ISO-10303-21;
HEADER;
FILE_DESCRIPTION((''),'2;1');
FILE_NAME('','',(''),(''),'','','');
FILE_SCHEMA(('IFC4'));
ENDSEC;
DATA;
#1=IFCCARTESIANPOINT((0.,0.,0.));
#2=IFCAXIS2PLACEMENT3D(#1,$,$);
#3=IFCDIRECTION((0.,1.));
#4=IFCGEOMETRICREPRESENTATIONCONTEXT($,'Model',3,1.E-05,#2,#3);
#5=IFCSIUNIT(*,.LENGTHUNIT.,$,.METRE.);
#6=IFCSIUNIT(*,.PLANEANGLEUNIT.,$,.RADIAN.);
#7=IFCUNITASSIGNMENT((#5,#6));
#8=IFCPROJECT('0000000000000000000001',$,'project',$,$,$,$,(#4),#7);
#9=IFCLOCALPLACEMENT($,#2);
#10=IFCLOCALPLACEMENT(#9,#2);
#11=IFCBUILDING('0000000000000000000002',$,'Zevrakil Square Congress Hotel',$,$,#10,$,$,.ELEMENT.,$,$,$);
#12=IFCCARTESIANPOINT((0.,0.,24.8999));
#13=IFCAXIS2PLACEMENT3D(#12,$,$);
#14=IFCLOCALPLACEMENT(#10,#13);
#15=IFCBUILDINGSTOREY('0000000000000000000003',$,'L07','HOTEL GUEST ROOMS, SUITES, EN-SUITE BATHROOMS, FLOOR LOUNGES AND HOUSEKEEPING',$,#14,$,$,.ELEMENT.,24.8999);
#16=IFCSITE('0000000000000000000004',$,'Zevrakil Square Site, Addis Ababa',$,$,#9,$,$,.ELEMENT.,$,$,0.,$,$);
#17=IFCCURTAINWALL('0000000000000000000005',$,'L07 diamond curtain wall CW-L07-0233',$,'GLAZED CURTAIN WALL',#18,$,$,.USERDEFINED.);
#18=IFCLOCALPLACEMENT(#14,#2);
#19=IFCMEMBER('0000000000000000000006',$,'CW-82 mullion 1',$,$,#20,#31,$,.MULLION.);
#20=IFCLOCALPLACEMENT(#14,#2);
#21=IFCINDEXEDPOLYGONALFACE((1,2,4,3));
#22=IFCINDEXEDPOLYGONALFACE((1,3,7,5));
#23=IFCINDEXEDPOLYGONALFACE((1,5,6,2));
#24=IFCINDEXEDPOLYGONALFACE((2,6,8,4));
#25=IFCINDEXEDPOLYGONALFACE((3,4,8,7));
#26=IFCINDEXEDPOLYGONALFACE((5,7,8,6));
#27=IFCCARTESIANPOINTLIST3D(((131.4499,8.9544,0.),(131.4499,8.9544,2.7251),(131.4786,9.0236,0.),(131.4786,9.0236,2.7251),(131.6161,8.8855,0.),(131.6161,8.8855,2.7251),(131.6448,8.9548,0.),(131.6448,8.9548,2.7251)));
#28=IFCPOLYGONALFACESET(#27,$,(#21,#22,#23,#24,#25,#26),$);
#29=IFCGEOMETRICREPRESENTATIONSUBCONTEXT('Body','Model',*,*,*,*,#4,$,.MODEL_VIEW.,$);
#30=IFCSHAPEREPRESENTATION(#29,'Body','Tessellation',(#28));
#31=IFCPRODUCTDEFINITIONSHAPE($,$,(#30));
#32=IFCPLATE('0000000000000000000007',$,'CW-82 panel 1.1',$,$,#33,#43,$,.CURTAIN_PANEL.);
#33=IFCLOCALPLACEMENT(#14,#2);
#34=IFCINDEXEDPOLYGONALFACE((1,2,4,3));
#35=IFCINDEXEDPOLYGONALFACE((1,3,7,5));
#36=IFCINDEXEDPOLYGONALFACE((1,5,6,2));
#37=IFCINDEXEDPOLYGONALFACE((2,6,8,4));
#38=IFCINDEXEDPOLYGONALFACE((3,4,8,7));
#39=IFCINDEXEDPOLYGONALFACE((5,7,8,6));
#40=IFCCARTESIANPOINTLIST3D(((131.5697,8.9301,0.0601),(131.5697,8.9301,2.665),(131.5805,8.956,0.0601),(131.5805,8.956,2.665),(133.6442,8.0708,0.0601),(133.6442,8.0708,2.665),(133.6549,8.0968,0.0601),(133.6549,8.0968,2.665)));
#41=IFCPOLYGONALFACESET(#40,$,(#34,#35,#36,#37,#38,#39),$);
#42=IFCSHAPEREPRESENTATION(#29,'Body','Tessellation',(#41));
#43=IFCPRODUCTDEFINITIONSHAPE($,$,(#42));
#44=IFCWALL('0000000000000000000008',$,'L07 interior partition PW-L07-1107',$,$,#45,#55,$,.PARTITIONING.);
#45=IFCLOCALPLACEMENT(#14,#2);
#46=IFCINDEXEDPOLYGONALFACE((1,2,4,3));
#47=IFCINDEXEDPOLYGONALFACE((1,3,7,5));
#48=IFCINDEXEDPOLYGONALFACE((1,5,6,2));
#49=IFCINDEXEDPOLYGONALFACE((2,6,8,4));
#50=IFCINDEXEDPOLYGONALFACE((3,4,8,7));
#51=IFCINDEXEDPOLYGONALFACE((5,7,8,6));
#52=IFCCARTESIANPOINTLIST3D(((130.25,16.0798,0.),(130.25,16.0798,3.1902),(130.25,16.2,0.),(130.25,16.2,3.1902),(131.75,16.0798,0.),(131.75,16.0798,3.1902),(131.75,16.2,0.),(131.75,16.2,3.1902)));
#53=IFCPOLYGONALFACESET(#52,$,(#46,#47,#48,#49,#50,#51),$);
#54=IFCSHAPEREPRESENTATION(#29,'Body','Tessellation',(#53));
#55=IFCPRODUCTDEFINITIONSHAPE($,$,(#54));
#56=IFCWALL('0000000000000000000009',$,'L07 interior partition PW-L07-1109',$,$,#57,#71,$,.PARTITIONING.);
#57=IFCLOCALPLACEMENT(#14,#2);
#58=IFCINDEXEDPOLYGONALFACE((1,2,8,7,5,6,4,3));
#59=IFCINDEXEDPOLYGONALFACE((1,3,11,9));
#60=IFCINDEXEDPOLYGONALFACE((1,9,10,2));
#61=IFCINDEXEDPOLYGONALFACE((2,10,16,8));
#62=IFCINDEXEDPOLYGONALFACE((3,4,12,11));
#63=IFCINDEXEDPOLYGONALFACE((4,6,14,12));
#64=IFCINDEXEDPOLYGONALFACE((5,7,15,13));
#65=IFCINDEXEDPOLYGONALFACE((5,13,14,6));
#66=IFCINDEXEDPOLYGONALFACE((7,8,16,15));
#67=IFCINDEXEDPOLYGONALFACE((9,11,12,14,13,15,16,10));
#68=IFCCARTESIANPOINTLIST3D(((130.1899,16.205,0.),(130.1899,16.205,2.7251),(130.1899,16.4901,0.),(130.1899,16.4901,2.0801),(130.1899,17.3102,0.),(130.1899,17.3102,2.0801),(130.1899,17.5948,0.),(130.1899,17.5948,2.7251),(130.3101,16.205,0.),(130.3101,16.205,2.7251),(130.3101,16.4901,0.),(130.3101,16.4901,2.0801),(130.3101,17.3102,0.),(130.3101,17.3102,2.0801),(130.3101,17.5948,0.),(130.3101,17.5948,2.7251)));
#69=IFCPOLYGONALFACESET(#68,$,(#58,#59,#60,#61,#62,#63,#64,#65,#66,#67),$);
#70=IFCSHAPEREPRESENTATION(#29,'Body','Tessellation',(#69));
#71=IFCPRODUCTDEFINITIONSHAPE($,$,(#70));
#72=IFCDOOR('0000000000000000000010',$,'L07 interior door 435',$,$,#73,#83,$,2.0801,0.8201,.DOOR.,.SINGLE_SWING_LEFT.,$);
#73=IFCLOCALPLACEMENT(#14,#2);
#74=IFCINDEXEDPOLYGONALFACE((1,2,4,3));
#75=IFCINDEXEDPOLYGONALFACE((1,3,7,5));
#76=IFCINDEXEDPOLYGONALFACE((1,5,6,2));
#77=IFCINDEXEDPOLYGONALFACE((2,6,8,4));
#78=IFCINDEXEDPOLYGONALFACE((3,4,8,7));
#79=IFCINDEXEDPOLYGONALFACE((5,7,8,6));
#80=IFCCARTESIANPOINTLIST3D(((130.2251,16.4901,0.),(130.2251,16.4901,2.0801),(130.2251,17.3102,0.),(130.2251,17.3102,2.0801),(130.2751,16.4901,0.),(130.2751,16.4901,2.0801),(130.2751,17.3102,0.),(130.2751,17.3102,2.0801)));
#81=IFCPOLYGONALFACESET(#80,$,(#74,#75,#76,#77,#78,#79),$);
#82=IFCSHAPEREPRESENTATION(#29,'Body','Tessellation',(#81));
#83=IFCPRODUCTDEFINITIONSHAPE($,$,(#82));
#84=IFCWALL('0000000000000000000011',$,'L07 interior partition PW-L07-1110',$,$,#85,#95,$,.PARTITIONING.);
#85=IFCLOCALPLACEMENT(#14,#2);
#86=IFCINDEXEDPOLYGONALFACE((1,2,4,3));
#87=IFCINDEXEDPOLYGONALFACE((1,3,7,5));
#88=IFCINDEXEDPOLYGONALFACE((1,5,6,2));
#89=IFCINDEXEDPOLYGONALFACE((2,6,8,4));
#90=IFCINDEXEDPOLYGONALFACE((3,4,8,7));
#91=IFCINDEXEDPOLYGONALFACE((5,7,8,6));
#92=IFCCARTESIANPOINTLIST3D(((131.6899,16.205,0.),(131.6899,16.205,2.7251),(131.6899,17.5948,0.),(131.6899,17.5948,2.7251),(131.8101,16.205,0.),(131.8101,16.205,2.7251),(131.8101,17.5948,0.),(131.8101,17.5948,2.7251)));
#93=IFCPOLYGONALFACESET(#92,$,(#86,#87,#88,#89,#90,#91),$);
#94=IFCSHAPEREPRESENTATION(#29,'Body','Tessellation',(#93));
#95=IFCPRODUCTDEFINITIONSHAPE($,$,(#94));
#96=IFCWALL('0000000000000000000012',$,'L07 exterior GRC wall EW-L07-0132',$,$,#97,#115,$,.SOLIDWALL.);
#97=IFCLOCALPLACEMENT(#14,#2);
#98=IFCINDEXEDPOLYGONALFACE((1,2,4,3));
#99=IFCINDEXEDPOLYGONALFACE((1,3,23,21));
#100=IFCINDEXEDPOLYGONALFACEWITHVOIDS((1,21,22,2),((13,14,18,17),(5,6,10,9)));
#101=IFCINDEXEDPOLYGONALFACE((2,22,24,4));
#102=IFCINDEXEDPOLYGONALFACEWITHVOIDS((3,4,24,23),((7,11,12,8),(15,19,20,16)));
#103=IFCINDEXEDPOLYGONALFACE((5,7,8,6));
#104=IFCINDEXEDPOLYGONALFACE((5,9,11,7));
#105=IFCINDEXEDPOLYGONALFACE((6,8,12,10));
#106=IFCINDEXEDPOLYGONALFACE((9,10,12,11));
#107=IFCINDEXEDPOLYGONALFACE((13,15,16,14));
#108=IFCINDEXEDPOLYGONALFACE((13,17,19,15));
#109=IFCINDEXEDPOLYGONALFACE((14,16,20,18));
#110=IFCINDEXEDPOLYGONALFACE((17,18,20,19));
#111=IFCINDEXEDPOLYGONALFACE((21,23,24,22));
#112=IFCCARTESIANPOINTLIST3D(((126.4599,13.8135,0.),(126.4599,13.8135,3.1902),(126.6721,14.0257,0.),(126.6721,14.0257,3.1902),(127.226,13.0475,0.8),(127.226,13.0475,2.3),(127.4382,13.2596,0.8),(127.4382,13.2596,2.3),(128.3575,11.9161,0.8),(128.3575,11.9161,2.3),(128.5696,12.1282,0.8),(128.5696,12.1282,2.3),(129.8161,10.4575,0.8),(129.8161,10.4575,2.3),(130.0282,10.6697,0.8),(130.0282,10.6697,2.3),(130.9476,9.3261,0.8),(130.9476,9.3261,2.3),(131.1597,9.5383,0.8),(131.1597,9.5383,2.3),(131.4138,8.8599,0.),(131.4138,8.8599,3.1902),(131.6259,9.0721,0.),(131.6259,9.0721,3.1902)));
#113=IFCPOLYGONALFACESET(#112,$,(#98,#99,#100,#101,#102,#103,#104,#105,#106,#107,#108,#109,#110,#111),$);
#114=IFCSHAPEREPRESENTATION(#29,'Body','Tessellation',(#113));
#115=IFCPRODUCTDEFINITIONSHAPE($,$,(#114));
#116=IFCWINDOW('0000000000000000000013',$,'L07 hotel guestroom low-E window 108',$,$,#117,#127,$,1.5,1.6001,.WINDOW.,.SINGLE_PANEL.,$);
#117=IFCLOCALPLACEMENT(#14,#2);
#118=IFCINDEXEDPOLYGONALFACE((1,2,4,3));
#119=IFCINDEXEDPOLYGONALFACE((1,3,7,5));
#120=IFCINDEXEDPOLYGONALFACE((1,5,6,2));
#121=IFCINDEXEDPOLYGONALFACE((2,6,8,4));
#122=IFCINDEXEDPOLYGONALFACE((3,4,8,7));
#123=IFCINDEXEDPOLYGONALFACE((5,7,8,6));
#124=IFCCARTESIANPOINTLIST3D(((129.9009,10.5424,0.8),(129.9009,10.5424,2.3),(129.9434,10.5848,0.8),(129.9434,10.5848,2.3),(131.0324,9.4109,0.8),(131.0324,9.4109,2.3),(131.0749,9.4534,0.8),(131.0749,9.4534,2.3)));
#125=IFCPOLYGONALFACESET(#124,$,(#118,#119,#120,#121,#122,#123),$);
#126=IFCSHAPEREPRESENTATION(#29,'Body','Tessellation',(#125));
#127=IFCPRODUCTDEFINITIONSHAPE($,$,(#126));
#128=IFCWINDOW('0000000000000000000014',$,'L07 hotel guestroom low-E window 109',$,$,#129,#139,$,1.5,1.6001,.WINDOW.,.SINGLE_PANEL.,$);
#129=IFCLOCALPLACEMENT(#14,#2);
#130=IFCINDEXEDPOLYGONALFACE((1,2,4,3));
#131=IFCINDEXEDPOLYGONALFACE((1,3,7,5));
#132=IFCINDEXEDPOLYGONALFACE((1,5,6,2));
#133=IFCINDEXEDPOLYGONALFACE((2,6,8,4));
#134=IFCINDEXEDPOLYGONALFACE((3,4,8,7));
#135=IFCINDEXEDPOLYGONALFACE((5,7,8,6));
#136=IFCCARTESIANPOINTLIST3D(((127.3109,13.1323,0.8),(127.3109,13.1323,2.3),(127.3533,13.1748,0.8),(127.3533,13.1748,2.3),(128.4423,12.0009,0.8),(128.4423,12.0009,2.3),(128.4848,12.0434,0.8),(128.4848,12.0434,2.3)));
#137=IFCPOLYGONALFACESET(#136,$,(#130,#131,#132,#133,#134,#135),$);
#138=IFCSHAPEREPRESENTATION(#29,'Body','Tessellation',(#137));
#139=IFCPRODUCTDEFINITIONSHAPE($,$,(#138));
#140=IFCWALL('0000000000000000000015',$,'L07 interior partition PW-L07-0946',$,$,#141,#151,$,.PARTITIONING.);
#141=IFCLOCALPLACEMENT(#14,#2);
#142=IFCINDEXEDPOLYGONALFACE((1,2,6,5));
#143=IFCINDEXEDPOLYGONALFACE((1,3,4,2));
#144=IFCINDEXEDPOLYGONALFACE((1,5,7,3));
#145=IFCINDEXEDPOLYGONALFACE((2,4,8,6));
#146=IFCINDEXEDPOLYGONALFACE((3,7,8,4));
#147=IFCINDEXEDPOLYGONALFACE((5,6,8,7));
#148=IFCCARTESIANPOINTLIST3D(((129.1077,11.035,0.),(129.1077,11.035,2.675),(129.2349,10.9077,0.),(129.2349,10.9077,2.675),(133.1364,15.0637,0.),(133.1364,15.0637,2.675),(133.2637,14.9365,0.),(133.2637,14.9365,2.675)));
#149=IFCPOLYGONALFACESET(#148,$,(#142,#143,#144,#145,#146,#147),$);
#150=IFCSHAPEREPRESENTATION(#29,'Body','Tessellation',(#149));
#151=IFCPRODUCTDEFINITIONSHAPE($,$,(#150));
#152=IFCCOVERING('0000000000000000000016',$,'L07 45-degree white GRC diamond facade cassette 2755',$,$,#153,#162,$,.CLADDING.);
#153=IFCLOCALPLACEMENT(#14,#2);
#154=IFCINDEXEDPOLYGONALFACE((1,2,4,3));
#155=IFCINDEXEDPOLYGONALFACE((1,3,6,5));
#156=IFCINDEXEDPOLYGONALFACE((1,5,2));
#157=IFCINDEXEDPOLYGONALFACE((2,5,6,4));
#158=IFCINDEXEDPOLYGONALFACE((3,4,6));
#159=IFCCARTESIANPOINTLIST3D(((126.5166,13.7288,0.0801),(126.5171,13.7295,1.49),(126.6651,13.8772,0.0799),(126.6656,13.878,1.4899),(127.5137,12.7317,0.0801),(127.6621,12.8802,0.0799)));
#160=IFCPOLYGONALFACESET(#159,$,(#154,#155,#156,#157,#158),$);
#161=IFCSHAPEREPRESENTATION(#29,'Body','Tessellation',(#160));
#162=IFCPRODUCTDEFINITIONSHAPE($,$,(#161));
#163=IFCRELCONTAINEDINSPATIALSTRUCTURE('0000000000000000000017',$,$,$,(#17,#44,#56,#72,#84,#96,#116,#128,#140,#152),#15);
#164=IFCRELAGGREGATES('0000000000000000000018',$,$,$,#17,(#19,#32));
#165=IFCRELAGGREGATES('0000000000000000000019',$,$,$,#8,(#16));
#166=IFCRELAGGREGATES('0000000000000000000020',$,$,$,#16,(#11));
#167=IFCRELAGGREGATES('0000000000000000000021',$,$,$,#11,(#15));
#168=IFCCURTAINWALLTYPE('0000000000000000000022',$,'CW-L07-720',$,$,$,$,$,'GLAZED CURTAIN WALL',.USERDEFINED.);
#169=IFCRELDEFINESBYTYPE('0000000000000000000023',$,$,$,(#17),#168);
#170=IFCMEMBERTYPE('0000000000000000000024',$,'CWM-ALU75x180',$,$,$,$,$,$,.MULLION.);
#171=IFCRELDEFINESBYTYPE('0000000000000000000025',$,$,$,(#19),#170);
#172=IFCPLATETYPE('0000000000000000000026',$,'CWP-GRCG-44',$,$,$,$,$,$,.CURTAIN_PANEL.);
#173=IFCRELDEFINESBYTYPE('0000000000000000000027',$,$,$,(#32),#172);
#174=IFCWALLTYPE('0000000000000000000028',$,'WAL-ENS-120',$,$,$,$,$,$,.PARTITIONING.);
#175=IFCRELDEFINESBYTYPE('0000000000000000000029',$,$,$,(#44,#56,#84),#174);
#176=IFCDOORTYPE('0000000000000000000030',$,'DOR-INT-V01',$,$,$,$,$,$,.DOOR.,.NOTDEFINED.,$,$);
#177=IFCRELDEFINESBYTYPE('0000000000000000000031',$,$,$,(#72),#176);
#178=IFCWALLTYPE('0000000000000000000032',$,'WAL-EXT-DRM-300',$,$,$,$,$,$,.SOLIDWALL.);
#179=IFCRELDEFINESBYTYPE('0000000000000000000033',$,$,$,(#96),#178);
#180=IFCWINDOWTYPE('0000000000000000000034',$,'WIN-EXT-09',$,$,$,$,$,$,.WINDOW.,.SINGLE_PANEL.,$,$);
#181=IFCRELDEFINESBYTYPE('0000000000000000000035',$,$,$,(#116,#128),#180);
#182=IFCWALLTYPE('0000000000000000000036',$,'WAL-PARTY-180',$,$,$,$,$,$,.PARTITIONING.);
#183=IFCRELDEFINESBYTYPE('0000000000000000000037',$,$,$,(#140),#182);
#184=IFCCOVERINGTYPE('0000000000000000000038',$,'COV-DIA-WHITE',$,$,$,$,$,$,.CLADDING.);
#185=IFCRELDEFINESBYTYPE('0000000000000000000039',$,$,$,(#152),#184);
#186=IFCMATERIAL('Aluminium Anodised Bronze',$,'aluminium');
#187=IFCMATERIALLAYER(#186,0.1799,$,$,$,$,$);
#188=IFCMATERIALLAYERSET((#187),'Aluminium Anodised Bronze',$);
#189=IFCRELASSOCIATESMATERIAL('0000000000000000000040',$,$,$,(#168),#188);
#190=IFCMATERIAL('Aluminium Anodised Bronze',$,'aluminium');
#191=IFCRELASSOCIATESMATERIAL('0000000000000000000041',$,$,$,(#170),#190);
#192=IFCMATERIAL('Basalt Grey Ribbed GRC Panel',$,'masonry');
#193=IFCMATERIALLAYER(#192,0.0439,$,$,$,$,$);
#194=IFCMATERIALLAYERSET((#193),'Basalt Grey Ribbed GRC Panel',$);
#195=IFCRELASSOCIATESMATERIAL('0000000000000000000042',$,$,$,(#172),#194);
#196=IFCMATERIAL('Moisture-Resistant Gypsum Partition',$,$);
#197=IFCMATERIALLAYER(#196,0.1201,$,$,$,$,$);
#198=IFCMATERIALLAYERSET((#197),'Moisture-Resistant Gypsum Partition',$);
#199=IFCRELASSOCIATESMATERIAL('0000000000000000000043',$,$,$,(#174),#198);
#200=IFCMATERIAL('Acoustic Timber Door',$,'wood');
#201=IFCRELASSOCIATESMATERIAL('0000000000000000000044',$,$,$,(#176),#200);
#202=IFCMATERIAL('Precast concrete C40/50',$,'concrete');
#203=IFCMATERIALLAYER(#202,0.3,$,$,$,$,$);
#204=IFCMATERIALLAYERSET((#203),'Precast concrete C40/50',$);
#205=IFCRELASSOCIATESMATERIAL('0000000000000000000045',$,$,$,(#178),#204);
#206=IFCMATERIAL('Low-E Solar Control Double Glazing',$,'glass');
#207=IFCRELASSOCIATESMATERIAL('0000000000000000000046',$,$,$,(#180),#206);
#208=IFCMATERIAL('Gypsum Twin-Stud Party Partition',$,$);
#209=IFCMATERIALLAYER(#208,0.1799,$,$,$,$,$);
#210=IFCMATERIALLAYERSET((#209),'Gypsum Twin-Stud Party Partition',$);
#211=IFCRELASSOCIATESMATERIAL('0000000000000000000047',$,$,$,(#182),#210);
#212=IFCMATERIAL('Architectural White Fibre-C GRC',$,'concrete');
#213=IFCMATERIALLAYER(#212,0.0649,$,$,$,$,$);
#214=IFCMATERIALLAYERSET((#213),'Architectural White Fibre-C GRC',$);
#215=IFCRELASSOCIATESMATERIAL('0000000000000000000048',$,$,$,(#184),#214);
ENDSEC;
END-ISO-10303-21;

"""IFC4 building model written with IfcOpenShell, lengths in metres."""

from ifc_helpers import new_model, si_unit, direction, frame, frame_2d, origin, origin_2d, place, context, subcontext, project, spatial, polyline, rectangle, outline, extrude, material, layer, layer_set, material_profile, profile_set, type_object, element, fill, aggregate, save


model = new_model("IFC4")

# Units and contexts
model_context = context("Model", 3, precision=1e-05, world=origin(), true_north=direction((0.0, 1.0)))
body_context = subcontext(model_context, "Body", "Model", "MODEL_VIEW")
ifc_project = project(units=[si_unit("LENGTHUNIT", "METRE"), si_unit("PLANEANGLEUNIT", "RADIAN")], contexts=[model_context])

# Site, building, storey
site_placement = place(None, origin())
site = spatial("IfcSite", under=ifc_project, at=site_placement, Name="Zevrakil Square Site, Addis Ababa", CompositionType="ELEMENT", RefElevation=0.0)
building_placement = place(site_placement, origin())
building = spatial("IfcBuilding", under=site, at=building_placement, Name="Zevrakil Square Congress Hotel", CompositionType="ELEMENT")
storey_placement = place(building_placement, frame((0.0, 0.0, 24.8999)))
storey = spatial("IfcBuildingStorey", under=building, at=storey_placement, Name="L07", Description="HOTEL GUEST ROOMS, SUITES, EN-SUITE BATHROOMS, FLOOR LOUNGES AND HOUSEKEEPING", CompositionType="ELEMENT", Elevation=24.8999)

# Curtain wall
ifc_material_1 = material(Name="Aluminium Anodised Bronze", Category="aluminium")
ifc_layer_1 = layer(ifc_material_1, 0.1799)
ifc_layer_set_1 = layer_set([ifc_layer_1], Name="Aluminium Anodised Bronze")
curtain_wall_type = type_object("IfcCurtainWallType", Name="CW-L07-720", ElementType="GLAZED CURTAIN WALL", PredefinedType="USERDEFINED", material=ifc_layer_set_1)
curtain_wall_1_placement = place(storey_placement, origin())
curtain_wall_1 = element("IfcCurtainWall", 1, at=curtain_wall_1_placement, inside=storey, type_object=curtain_wall_type, Name="L07 diamond curtain wall CW-L07-0233", ObjectType="GLAZED CURTAIN WALL", PredefinedType="USERDEFINED")

# Shared definitions
ifc_material_2 = material(Name="Aluminium Anodised Bronze", Category="aluminium")
ifc_material_profile_1 = material_profile(ifc_material_2, rectangle(XDim=0.075, YDim=0.1799, at=origin_2d()), Name="ALU 75x180")
ifc_profile_set_1 = profile_set([ifc_material_profile_1], Name="Aluminium Anodised Bronze")
member_type_1 = type_object("IfcMemberType", Name="CWM-ALU75x180", PredefinedType="MULLION", material=ifc_profile_set_1)

# Member
member_1_placement = place(storey_placement, frame((131.5474, 8.9546, 0.0), z_axis=(0.0, 0.0, 1.0), x_axis=(0.382684, 0.923879, 0.0)))
member_1 = element("IfcMember", 2, at=member_1_placement, type_object=member_type_1, Name="CW-82 mullion 1", PredefinedType="MULLION", context=body_context, shape_type="SweptSolid", body=[
    extrude(rectangle(XDim=0.075, YDim=0.1799, at=origin_2d()), origin(), (0.0, 0.0, 1.0), 2.7251),
])

# Plate
ifc_material_3 = material(Name="Basalt Grey Ribbed GRC Panel", Category="masonry")
ifc_layer_2 = layer(ifc_material_3, 0.0439)
ifc_layer_set_2 = layer_set([ifc_layer_2], Name="Basalt Grey Ribbed GRC Panel")
plate_type = type_object("IfcPlateType", Name="CWP-GRCG-44", PredefinedType="CURTAIN_PANEL", material=ifc_layer_set_2)
plate_placement = place(storey_placement, frame((132.6123, 8.5134, 0.0601), z_axis=(0.0, 0.0, 1.0), x_axis=(0.923879, -0.382684, 0.0)))
plate = element("IfcPlate", 3, at=plate_placement, type_object=plate_type, Name="CW-82 panel 1.1", PredefinedType="CURTAIN_PANEL", context=body_context, shape_type="SweptSolid", body=[
    extrude(rectangle(XDim=2.2454, YDim=0.0281, at=origin_2d()), origin(), (0.0, 0.0, 1.0), 2.605),
])
aggregate(curtain_wall_1, [member_1, plate])

# Wall
ifc_material_4 = material(Name="Moisture-Resistant Gypsum Partition")
ifc_layer_3 = layer(ifc_material_4, 0.1201)
ifc_layer_set_3 = layer_set([ifc_layer_3], Name="Moisture-Resistant Gypsum Partition")
wall_type_1 = type_object("IfcWallType", Name="WAL-ENS-120", PredefinedType="PARTITIONING", material=ifc_layer_set_3)
wall_1_placement = place(storey_placement, frame((130.25, 16.1399, 0.0), z_axis=(0.0, 0.0, 1.0), x_axis=(1.0, 0.0, 0.0)))
element("IfcWall", 4, at=wall_1_placement, inside=storey, type_object=wall_type_1, Name="L07 interior partition PW-L07-1107", PredefinedType="PARTITIONING", context=body_context, shape_type="SweptSolid", body=[
    extrude(rectangle(XDim=1.5, YDim=0.1201, at=frame_2d((0.75, 0.0))), origin(), (0.0, 0.0, 1.0), 3.1902),
])

# Wall, opening, door
wall_2_placement = place(storey_placement, frame((130.25, 16.2051, 0.0), z_axis=(0.0, 0.0, 1.0), x_axis=(0.0, 1.0, 0.0)))
wall_2 = element("IfcWall", 5, at=wall_2_placement, inside=storey, type_object=wall_type_1, Name="L07 interior partition PW-L07-1109", PredefinedType="PARTITIONING", context=body_context, shape_type="SweptSolid", body=[
    extrude(rectangle(XDim=1.3899, YDim=0.1201, at=frame_2d((0.6948, 0.0))), origin(), (0.0, 0.0, 1.0), 2.7251),
])
opening_1_placement = place(wall_2_placement, frame((0.2849, 0.0, 0.0)))
opening_1 = element("IfcOpeningElement", 6, at=opening_1_placement, cuts=wall_2, PredefinedType="OPENING", context=body_context, shape_type="SweptSolid", body=[
    extrude(rectangle(XDim=0.8201, YDim=2.0801, at=frame_2d((0.4102, 1.04))), frame((0.0, 0.0701, 0.0), z_axis=(0.0, -1.0, 0.0), x_axis=(1.0, 0.0, 0.0)), (0.0, 0.0, 1.0), 0.1401),
])
ifc_material_5 = material(Name="Acoustic Timber Door", Category="wood")
door_type = type_object("IfcDoorType", Name="DOR-INT-V01", OperationType="NOTDEFINED", PredefinedType="DOOR", material=ifc_material_5)
door_placement = place(opening_1_placement, origin())
door = element("IfcDoor", 7, at=door_placement, inside=storey, type_object=door_type, Name="L07 interior door 435", OperationType="SINGLE_SWING_LEFT", OverallHeight=2.0801, OverallWidth=0.8201, PredefinedType="DOOR", context=body_context, shape_type="SweptSolid", body=[
    extrude(rectangle(XDim=0.8201, YDim=2.0801, at=frame_2d((0.4102, 1.04))), frame((0.0, 0.0249, 0.0), z_axis=(0.0, -1.0, 0.0), x_axis=(1.0, 0.0, 0.0)), (0.0, 0.0, 1.0), 0.05),
])
fill(opening_1, door)

# Wall
wall_3_placement = place(storey_placement, frame((131.75, 16.2051, 0.0), z_axis=(0.0, 0.0, 1.0), x_axis=(0.0, 1.0, 0.0)))
element("IfcWall", 8, at=wall_3_placement, inside=storey, type_object=wall_type_1, Name="L07 interior partition PW-L07-1110", PredefinedType="PARTITIONING", context=body_context, shape_type="SweptSolid", body=[
    extrude(rectangle(XDim=1.3899, YDim=0.1201, at=frame_2d((0.6948, 0.0))), origin(), (0.0, 0.0, 1.0), 2.7251),
])

# Wall, openings, windows
ifc_material_6 = material(Name="Precast concrete C40/50", Category="concrete")
ifc_layer_4 = layer(ifc_material_6, 0.3)
ifc_layer_set_4 = layer_set([ifc_layer_4], Name="Precast concrete C40/50")
wall_type_2 = type_object("IfcWallType", Name="WAL-EXT-DRM-300", PredefinedType="SOLIDWALL", material=ifc_layer_set_4)
wall_4_placement = place(storey_placement, frame((126.5659, 13.9197, 0.0), z_axis=(0.0, 0.0, 1.0), x_axis=(0.707124, -0.707089, 0.0)))
wall_4 = element("IfcWall", 9, at=wall_4_placement, inside=storey, type_object=wall_type_2, Name="L07 exterior GRC wall EW-L07-0132", PredefinedType="SOLIDWALL", context=body_context, shape_type="SweptSolid", body=[
    extrude(rectangle(XDim=7.0056, YDim=0.3, at=frame_2d((3.5029, 0.0))), origin(), (0.0, 0.0, 1.0), 3.1902),
])
opening_2_placement = place(wall_4_placement, frame((4.7463, 0.0, 0.8)))
opening_2 = element("IfcOpeningElement", 10, at=opening_2_placement, cuts=wall_4, PredefinedType="OPENING", context=body_context, shape_type="SweptSolid", body=[
    extrude(rectangle(XDim=1.6001, YDim=1.5, at=frame_2d((0.8, 0.75))), frame((0.0, 0.1602, 0.0), z_axis=(0.0, -1.0, 0.0), x_axis=(1.0, 0.0, 0.0)), (0.0, 0.0, 1.0), 0.3201),
])
opening_3_placement = place(wall_4_placement, frame((1.0835, 0.0, 0.8)))
opening_3 = element("IfcOpeningElement", 11, at=opening_3_placement, cuts=wall_4, PredefinedType="OPENING", context=body_context, shape_type="SweptSolid", body=[
    extrude(rectangle(XDim=1.6001, YDim=1.5, at=frame_2d((0.8, 0.75))), frame((0.0, 0.1602, 0.0), z_axis=(0.0, -1.0, 0.0), x_axis=(1.0, 0.0, 0.0)), (0.0, 0.0, 1.0), 0.3201),
])
ifc_material_7 = material(Name="Low-E Solar Control Double Glazing", Category="glass")
window_type = type_object("IfcWindowType", Name="WIN-EXT-09", PartitioningType="SINGLE_PANEL", PredefinedType="WINDOW", material=ifc_material_7)
window_1_placement = place(opening_2_placement, origin())
window_1 = element("IfcWindow", 12, at=window_1_placement, inside=storey, type_object=window_type, Name="L07 hotel guestroom low-E window 108", OverallHeight=1.5, OverallWidth=1.6001, PartitioningType="SINGLE_PANEL", PredefinedType="WINDOW", context=body_context, shape_type="SweptSolid", body=[
    extrude(rectangle(XDim=1.6001, YDim=1.5, at=frame_2d((0.8, 0.75))), frame((0.0, 0.03, 0.0), z_axis=(0.0, -1.0, 0.0), x_axis=(1.0, 0.0, 0.0)), (0.0, 0.0, 1.0), 0.0601),
])
fill(opening_2, window_1)
window_2_placement = place(opening_3_placement, origin())
window_2 = element("IfcWindow", 13, at=window_2_placement, inside=storey, type_object=window_type, Name="L07 hotel guestroom low-E window 109", OverallHeight=1.5, OverallWidth=1.6001, PartitioningType="SINGLE_PANEL", PredefinedType="WINDOW", context=body_context, shape_type="SweptSolid", body=[
    extrude(rectangle(XDim=1.6001, YDim=1.5, at=frame_2d((0.8, 0.75))), frame((0.0, 0.03, 0.0), z_axis=(0.0, -1.0, 0.0), x_axis=(1.0, 0.0, 0.0)), (0.0, 0.0, 1.0), 0.0601),
])
fill(opening_3, window_2)

# Wall
ifc_material_8 = material(Name="Gypsum Twin-Stud Party Partition")
ifc_layer_5 = layer(ifc_material_8, 0.1799)
ifc_layer_set_5 = layer_set([ifc_layer_5], Name="Gypsum Twin-Stud Party Partition")
wall_type_3 = type_object("IfcWallType", Name="WAL-PARTY-180", PredefinedType="PARTITIONING", material=ifc_layer_set_5)
wall_5_placement = place(storey_placement, frame((133.2, 15.0, 0.0), z_axis=(0.0, 0.0, 1.0), x_axis=(-0.707107, -0.707107, 0.0)))
element("IfcWall", 14, at=wall_5_placement, inside=storey, type_object=wall_type_3, Name="L07 interior partition PW-L07-0946", PredefinedType="PARTITIONING", context=body_context, shape_type="SweptSolid", body=[
    extrude(rectangle(XDim=5.6975, YDim=0.1799, at=frame_2d((2.8486, 0.0))), origin(), (0.0, 0.0, 1.0), 2.675),
])

# Covering
ifc_material_9 = material(Name="Architectural White Fibre-C GRC", Category="concrete")
ifc_layer_6 = layer(ifc_material_9, 0.0649)
ifc_layer_set_6 = layer_set([ifc_layer_6], Name="Architectural White Fibre-C GRC")
covering_type_1 = type_object("IfcCoveringType", Name="COV-DIA-WHITE", PredefinedType="CLADDING", material=ifc_layer_set_6)
covering_1_placement = place(storey_placement, frame((127.5137, 12.7317, 0.0801), z_axis=(-0.707107, -0.707107, 0.000612), x_axis=(-0.707107, 0.707107, 0.0)))
element("IfcCovering", 15, at=covering_1_placement, inside=storey, type_object=covering_type_1, Name="L07 45-degree white GRC diamond facade cassette 2755", PredefinedType="CLADDING", context=body_context, shape_type="SweptSolid", body=[
    extrude(outline(polyline([(0.0, 0.0), (1.4101, 0.0), (1.4102, -1.4099), (0.0, 0.0)])), origin(), (0.0, 0.0, -1.0), 0.21),
])

save(model, "model.ifc")
